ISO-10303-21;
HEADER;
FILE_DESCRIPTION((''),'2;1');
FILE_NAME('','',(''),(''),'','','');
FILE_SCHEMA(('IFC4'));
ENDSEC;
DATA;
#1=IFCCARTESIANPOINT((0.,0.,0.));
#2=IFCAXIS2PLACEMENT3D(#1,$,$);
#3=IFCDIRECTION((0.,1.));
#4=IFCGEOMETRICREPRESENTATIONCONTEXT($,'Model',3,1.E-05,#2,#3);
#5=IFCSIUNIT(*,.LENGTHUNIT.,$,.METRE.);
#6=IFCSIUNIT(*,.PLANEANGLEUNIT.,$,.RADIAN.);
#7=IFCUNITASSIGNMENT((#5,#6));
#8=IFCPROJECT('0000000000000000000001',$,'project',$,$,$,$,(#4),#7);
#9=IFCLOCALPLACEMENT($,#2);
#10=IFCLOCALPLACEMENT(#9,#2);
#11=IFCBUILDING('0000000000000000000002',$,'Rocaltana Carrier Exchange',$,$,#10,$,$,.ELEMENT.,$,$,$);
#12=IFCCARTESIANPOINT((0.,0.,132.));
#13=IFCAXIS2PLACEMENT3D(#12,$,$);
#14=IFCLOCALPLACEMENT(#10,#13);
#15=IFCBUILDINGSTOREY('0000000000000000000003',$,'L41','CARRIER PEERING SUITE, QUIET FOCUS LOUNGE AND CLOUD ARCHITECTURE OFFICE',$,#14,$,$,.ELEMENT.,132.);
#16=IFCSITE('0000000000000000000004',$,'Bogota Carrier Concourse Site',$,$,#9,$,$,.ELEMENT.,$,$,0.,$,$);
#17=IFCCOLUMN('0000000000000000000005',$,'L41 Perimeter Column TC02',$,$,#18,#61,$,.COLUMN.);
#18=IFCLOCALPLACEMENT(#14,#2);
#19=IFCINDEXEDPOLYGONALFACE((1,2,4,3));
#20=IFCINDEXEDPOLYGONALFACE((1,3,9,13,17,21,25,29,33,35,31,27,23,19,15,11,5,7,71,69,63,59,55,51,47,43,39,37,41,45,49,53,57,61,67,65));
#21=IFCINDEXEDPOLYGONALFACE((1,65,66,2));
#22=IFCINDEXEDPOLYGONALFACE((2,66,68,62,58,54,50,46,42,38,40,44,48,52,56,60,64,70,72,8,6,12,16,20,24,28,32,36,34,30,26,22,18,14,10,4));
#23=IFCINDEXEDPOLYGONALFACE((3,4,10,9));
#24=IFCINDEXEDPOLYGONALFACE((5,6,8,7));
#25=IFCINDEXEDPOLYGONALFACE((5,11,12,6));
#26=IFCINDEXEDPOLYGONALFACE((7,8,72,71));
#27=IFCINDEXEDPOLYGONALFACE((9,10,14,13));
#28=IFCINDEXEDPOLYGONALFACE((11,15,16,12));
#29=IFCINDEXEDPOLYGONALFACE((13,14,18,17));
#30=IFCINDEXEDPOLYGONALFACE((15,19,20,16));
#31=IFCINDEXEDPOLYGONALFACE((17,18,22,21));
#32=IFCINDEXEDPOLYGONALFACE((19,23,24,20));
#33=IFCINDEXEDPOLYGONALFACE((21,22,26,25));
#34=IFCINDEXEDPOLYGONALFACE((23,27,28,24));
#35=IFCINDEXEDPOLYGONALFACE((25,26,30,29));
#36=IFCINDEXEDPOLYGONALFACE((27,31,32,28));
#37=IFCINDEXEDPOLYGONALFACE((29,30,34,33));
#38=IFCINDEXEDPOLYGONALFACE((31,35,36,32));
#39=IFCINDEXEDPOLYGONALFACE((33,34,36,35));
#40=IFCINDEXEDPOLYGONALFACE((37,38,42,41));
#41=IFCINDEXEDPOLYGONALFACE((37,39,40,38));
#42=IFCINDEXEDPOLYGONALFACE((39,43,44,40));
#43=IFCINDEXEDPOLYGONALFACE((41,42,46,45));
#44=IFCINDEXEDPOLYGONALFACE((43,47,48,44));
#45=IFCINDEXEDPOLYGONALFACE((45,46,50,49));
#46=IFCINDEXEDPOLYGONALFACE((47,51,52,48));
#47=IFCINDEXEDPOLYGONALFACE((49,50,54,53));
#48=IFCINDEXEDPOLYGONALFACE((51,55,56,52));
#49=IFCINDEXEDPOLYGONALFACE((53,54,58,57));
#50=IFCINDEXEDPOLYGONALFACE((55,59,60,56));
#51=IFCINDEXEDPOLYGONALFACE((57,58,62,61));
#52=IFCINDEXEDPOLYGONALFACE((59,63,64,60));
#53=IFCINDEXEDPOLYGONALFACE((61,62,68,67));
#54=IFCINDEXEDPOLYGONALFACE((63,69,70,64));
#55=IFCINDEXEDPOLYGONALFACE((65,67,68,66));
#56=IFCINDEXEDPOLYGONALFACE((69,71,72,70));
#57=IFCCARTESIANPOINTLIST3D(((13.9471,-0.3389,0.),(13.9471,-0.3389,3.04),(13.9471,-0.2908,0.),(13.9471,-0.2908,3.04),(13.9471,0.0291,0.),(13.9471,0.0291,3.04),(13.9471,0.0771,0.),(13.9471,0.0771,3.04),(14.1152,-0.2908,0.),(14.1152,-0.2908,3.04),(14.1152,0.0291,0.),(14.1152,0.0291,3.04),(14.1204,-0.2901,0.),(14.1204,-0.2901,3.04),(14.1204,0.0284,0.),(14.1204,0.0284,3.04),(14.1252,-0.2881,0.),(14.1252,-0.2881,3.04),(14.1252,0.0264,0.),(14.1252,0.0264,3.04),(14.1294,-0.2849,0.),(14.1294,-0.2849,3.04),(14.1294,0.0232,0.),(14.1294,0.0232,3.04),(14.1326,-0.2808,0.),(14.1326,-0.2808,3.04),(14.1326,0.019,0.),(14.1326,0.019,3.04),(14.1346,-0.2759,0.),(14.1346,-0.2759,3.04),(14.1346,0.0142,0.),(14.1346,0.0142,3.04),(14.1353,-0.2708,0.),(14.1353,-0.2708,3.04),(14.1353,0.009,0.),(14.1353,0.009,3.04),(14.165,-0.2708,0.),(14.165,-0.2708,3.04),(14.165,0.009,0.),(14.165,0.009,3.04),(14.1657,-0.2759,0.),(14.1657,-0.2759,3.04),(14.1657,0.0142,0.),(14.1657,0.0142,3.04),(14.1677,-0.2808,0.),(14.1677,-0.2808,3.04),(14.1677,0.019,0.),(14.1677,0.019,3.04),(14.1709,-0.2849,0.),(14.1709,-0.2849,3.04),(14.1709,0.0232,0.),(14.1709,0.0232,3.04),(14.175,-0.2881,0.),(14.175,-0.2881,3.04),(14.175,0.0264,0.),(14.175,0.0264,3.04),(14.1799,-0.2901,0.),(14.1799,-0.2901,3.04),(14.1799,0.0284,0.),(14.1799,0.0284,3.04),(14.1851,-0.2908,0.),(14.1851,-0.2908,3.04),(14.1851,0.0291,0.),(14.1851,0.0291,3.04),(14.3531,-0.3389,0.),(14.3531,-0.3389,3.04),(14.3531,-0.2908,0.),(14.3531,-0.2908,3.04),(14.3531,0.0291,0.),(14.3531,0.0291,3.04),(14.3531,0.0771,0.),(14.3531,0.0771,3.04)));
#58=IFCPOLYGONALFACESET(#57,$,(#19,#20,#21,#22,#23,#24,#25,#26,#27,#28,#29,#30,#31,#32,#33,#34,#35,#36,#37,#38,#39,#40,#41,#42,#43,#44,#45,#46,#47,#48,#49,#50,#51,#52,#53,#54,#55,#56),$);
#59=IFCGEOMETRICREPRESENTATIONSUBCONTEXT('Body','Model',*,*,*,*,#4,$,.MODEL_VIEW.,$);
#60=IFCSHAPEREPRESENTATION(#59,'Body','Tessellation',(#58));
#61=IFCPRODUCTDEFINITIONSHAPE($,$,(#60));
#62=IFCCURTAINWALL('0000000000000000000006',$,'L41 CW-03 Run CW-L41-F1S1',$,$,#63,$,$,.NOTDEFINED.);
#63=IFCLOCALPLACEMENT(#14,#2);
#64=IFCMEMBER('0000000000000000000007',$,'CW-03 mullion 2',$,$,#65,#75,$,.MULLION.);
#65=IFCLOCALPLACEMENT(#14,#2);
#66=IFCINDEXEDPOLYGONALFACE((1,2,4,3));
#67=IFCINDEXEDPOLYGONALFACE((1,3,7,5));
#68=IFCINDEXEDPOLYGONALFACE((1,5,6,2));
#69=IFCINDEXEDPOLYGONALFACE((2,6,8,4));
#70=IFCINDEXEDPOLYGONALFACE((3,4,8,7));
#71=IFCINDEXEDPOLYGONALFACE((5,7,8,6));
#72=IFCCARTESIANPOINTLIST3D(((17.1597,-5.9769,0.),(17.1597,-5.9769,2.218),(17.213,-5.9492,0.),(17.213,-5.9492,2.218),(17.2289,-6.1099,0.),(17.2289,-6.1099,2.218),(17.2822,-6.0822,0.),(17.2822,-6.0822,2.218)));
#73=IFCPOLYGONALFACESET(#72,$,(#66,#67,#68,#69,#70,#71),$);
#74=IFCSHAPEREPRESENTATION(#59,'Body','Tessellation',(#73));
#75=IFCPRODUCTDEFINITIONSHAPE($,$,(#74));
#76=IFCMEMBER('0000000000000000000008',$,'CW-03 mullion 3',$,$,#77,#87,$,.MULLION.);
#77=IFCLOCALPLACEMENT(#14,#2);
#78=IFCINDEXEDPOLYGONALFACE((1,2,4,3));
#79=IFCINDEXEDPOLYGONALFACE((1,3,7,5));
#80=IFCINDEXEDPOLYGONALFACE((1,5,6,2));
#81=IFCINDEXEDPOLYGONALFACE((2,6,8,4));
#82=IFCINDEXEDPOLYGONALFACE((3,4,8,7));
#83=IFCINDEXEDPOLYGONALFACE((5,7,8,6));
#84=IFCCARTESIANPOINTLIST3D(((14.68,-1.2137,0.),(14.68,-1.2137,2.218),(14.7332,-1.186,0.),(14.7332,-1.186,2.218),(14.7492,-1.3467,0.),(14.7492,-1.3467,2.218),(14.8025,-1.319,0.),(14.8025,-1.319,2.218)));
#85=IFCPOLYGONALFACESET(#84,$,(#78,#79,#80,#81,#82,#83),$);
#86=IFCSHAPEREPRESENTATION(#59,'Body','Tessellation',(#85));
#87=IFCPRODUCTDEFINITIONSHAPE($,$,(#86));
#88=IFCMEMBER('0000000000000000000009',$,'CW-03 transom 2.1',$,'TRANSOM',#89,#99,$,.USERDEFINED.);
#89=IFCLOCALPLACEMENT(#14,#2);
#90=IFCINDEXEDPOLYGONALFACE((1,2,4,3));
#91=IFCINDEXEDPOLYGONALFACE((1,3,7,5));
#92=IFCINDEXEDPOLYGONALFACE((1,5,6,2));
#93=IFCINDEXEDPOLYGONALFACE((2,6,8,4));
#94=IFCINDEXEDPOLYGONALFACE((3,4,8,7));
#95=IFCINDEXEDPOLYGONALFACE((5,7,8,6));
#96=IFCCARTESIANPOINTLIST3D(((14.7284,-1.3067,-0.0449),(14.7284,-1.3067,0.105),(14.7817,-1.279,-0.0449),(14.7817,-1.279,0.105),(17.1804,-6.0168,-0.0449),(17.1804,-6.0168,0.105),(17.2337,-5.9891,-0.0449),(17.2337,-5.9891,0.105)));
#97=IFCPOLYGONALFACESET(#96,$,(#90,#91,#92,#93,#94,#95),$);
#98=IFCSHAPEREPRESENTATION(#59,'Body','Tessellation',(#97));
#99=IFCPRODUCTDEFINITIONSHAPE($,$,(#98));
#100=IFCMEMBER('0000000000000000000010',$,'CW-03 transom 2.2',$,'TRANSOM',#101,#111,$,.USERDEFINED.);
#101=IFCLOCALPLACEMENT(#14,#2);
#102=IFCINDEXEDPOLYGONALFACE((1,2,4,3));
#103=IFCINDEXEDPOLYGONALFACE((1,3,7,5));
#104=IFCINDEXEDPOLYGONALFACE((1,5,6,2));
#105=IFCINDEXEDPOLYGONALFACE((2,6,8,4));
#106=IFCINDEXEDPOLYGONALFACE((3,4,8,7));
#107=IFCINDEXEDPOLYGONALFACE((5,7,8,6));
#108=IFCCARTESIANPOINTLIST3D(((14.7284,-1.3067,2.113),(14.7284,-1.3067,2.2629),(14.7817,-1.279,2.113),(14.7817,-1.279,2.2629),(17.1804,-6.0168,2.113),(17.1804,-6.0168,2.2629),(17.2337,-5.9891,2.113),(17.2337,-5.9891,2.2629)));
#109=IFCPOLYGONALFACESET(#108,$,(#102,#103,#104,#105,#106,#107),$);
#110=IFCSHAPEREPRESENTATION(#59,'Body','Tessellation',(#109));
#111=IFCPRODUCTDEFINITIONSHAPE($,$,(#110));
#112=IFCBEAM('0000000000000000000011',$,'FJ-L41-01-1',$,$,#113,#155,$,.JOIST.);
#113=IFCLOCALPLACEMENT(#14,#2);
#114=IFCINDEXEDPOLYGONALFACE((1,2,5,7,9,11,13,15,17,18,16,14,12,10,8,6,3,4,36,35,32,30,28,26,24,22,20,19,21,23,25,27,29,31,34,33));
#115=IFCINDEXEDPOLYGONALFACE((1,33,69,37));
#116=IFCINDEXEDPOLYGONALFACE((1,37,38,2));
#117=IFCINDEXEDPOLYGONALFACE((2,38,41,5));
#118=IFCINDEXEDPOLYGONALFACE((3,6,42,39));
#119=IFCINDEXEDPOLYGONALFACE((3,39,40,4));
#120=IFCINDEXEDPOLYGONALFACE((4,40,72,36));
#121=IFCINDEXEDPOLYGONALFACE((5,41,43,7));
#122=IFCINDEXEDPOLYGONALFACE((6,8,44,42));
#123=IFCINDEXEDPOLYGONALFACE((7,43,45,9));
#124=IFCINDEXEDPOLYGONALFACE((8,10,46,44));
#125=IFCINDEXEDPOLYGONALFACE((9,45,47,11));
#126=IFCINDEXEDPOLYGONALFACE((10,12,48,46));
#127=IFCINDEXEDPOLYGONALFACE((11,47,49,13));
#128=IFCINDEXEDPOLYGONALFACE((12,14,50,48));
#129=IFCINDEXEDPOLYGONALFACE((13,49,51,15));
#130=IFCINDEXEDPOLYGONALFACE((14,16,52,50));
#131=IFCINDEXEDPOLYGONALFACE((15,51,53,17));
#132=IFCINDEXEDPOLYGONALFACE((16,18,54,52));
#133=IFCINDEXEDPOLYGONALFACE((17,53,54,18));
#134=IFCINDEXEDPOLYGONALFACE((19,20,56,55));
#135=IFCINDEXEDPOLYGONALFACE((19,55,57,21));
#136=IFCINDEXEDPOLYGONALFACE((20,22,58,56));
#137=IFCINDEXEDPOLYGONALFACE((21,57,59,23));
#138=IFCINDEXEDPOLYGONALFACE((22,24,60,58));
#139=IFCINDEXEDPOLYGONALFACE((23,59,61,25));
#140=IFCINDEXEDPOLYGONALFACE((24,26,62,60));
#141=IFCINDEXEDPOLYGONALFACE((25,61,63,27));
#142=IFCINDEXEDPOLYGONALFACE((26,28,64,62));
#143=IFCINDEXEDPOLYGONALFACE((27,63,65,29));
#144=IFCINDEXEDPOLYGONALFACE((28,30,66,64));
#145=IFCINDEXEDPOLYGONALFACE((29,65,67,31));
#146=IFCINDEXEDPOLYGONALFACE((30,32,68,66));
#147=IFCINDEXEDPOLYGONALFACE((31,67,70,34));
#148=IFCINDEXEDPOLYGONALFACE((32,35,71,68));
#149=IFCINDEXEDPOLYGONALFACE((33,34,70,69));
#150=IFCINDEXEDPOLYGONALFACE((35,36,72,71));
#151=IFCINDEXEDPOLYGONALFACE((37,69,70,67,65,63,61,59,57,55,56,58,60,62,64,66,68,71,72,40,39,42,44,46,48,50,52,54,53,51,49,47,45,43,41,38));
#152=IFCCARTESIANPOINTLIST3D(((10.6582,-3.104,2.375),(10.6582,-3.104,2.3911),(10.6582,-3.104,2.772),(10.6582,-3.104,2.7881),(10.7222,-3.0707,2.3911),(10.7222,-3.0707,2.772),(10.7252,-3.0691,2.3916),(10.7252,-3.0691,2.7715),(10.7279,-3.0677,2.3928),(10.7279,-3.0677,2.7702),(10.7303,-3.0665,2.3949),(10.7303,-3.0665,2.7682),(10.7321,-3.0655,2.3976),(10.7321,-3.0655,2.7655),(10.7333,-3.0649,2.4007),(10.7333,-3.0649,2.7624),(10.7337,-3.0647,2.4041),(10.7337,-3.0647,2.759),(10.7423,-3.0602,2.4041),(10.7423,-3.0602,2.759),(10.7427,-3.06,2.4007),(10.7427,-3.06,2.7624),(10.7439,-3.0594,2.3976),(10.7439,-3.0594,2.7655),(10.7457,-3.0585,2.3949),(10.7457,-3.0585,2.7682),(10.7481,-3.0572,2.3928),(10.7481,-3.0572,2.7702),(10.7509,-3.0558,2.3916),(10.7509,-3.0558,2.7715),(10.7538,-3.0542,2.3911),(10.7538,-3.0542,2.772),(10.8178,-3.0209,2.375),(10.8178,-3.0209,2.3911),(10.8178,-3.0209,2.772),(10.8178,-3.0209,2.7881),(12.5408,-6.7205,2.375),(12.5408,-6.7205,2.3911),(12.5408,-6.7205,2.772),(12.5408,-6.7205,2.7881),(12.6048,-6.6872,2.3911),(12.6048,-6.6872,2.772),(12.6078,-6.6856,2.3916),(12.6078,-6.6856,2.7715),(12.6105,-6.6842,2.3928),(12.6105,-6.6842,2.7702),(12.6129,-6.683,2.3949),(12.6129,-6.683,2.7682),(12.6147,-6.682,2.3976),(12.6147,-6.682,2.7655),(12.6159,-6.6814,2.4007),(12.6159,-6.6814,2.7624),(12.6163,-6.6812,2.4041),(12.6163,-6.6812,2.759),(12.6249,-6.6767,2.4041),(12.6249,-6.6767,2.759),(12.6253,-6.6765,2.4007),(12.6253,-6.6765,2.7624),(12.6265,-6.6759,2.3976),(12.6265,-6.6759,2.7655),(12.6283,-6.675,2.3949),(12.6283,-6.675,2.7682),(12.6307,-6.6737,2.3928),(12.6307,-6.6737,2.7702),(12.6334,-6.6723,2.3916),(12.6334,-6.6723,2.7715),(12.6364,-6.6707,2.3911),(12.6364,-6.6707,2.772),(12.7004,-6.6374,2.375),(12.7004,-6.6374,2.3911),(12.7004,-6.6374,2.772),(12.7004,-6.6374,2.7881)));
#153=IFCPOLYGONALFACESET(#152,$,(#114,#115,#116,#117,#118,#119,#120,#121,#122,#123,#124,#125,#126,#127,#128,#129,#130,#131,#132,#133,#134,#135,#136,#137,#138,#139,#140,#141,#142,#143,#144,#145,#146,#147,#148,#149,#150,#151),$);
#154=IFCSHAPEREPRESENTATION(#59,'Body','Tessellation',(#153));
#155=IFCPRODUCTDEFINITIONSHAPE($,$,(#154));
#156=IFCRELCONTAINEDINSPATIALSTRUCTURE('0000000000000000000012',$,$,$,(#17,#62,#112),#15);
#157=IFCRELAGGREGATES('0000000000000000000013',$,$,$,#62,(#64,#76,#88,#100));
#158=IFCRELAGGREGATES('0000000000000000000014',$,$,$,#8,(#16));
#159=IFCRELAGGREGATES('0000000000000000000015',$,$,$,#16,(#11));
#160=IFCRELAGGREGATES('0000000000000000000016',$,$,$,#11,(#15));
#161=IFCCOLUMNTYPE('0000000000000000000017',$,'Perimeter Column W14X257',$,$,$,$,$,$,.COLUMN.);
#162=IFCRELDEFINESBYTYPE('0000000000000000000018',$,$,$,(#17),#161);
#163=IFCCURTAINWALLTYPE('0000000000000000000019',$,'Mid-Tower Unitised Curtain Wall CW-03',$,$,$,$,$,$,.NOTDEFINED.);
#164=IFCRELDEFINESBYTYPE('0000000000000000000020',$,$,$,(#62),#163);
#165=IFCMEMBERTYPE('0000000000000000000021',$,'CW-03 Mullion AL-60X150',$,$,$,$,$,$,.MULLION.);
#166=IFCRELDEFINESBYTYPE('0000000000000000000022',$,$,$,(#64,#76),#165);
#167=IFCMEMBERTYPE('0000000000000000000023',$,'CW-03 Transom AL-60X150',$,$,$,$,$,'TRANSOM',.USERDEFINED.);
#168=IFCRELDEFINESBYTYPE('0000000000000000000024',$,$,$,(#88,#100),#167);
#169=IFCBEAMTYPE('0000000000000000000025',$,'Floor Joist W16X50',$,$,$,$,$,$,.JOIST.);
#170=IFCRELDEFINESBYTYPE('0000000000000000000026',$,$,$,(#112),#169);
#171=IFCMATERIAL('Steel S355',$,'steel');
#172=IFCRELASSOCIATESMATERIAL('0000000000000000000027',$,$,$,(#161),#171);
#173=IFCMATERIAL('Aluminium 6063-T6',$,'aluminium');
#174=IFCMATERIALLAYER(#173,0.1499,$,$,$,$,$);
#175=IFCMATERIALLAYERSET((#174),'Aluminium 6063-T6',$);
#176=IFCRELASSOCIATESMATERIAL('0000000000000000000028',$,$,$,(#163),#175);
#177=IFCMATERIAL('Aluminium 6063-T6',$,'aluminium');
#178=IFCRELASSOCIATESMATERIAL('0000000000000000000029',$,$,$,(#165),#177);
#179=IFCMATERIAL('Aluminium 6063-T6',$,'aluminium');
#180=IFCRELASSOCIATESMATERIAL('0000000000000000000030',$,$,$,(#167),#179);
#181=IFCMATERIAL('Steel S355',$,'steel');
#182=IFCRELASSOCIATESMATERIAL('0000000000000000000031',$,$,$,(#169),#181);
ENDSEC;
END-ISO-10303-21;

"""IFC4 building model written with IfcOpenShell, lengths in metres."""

from ifc_helpers import new_model, si_unit, direction, frame, origin, origin_2d, place, context, subcontext, project, spatial, rectangle, i_section, extrude, material, layer, layer_set, material_profile, profile_set, type_object, element, aggregate, save


model = new_model("IFC4")

# Units and contexts
model_context = context("Model", 3, precision=1e-05, world=origin(), true_north=direction((0.0, 1.0)))
body_context = subcontext(model_context, "Body", "Model", "MODEL_VIEW")
ifc_project = project(units=[si_unit("LENGTHUNIT", "METRE"), si_unit("PLANEANGLEUNIT", "RADIAN")], contexts=[model_context])

# Site, building, storey
site_placement = place(None, origin())
site = spatial("IfcSite", under=ifc_project, at=site_placement, Name="Bogota Carrier Concourse Site", CompositionType="ELEMENT", RefElevation=0.0)
building_placement = place(site_placement, origin())
building = spatial("IfcBuilding", under=site, at=building_placement, Name="Rocaltana Carrier Exchange", CompositionType="ELEMENT")
storey_placement = place(building_placement, frame((0.0, 0.0, 132.0)))
storey = spatial("IfcBuildingStorey", under=building, at=storey_placement, Name="L41", Description="CARRIER PEERING SUITE, QUIET FOCUS LOUNGE AND CLOUD ARCHITECTURE OFFICE", CompositionType="ELEMENT", Elevation=132.0)

# Column
ifc_material_1 = material(Name="Steel S355", Category="steel")
ifc_material_profile_1 = material_profile(ifc_material_1, i_section(OverallWidth=0.406, OverallDepth=0.416, WebThickness=0.0298, FlangeThickness=0.0481, FilletRadius=0.02, at=origin_2d()), Name="W14X257")
ifc_profile_set_1 = profile_set([ifc_material_profile_1], Name="Steel S355")
column_type = type_object("IfcColumnType", Name="Perimeter Column W14X257", PredefinedType="COLUMN", material=ifc_profile_set_1)
column_placement = place(storey_placement, frame((14.1501, -0.1309, 0.0), z_axis=(0.0, 0.0, 1.0), x_axis=(1.0, 0.0, 0.0)))
element("IfcColumn", 1, at=column_placement, inside=storey, type_object=column_type, Name="L41 Perimeter Column TC02", PredefinedType="COLUMN", context=body_context, shape_type="SweptSolid", body=[
    extrude(i_section(OverallWidth=0.406, OverallDepth=0.416, WebThickness=0.0298, FlangeThickness=0.0481, FilletRadius=0.02, at=origin_2d()), origin(), (0.0, 0.0, 1.0), 3.04),
])

# Curtain wall, members
ifc_material_2 = material(Name="Aluminium 6063-T6", Category="aluminium")
ifc_layer_1 = layer(ifc_material_2, 0.1499)
ifc_layer_set_1 = layer_set([ifc_layer_1], Name="Aluminium 6063-T6")
curtain_wall_type = type_object("IfcCurtainWallType", Name="Mid-Tower Unitised Curtain Wall CW-03", PredefinedType="NOTDEFINED", material=ifc_layer_set_1)
curtain_wall_placement = place(storey_placement, origin())
curtain_wall = element("IfcCurtainWall", 2, at=curtain_wall_placement, inside=storey, type_object=curtain_wall_type, Name="L41 CW-03 Run CW-L41-F1S1", PredefinedType="NOTDEFINED")
ifc_material_3 = material(Name="Aluminium 6063-T6", Category="aluminium")
ifc_material_profile_2 = material_profile(ifc_material_3, rectangle(XDim=0.0601, YDim=0.1499, at=origin_2d()), Name="AL-60X150")
ifc_profile_set_2 = profile_set([ifc_material_profile_2], Name="Aluminium 6063-T6")
member_type_1 = type_object("IfcMemberType", Name="CW-03 Mullion AL-60X150", PredefinedType="MULLION", material=ifc_profile_set_2)
member_1_placement = place(storey_placement, frame((17.2209, -6.0295, 0.0), z_axis=(0.0, 0.0, 1.0), x_axis=(-0.88701, -0.46175, 0.0)))
member_1 = element("IfcMember", 3, at=member_1_placement, type_object=member_type_1, Name="CW-03 mullion 2", PredefinedType="MULLION", context=body_context, shape_type="SweptSolid", body=[
    extrude(rectangle(XDim=0.0601, YDim=0.1499, at=origin_2d()), origin(), (0.0, 0.0, 1.0), 2.218),
])
member_2_placement = place(storey_placement, frame((14.7412, -1.2664, 0.0), z_axis=(0.0, 0.0, 1.0), x_axis=(-0.88701, -0.46175, 0.0)))
member_2 = element("IfcMember", 4, at=member_2_placement, type_object=member_type_1, Name="CW-03 mullion 3", PredefinedType="MULLION", context=body_context, shape_type="SweptSolid", body=[
    extrude(rectangle(XDim=0.0601, YDim=0.1499, at=origin_2d()), origin(), (0.0, 0.0, 1.0), 2.218),
])
ifc_material_4 = material(Name="Aluminium 6063-T6", Category="aluminium")
ifc_material_profile_3 = material_profile(ifc_material_4, rectangle(XDim=0.0601, YDim=0.1499, at=origin_2d()), Name="AL-60X150")
ifc_profile_set_3 = profile_set([ifc_material_profile_3], Name="Aluminium 6063-T6")
member_type_2 = type_object("IfcMemberType", Name="CW-03 Transom AL-60X150", ElementType="TRANSOM", PredefinedType="USERDEFINED", material=ifc_profile_set_3)
member_3_placement = place(storey_placement, frame((17.207, -6.0029, 0.03), z_axis=(-0.461757, 0.887007, 0.0), x_axis=(-0.887007, -0.461757, 0.0)))
member_3 = element("IfcMember", 5, at=member_3_placement, type_object=member_type_2, Name="CW-03 transom 2.1", ObjectType="TRANSOM", PredefinedType="USERDEFINED", context=body_context, shape_type="SweptSolid", body=[
    extrude(rectangle(XDim=0.0601, YDim=0.1499, at=origin_2d()), origin(), (0.0, 0.0, 1.0), 5.3101),
])
member_4_placement = place(storey_placement, frame((17.207, -6.0029, 2.188), z_axis=(-0.461757, 0.887007, 0.0), x_axis=(-0.887007, -0.461757, 0.0)))
member_4 = element("IfcMember", 6, at=member_4_placement, type_object=member_type_2, Name="CW-03 transom 2.2", ObjectType="TRANSOM", PredefinedType="USERDEFINED", context=body_context, shape_type="SweptSolid", body=[
    extrude(rectangle(XDim=0.0601, YDim=0.1499, at=origin_2d()), origin(), (0.0, 0.0, 1.0), 5.3101),
])

# Beam
ifc_material_5 = material(Name="Steel S355", Category="steel")
ifc_material_profile_4 = material_profile(ifc_material_5, i_section(OverallWidth=0.1799, OverallDepth=0.4131, WebThickness=0.0098, FlangeThickness=0.0161, FilletRadius=0.0129, at=origin_2d()), Name="W16X50")
ifc_profile_set_4 = profile_set([ifc_material_profile_4], Name="Steel S355")
beam_type_1 = type_object("IfcBeamType", Name="Floor Joist W16X50", PredefinedType="JOIST", material=ifc_profile_set_4)
beam_1_placement = place(storey_placement, frame((12.6206, -6.679, 2.5815), z_axis=(-0.461741, 0.887015, 0.0), x_axis=(-0.887015, -0.461741, 0.0)))
element("IfcBeam", 7, at=beam_1_placement, inside=storey, type_object=beam_type_1, Name="FJ-L41-01-1", PredefinedType="JOIST", context=body_context, shape_type="SweptSolid", body=[
    extrude(i_section(OverallWidth=0.1799, OverallDepth=0.4131, WebThickness=0.0098, FlangeThickness=0.0161, FilletRadius=0.0129, at=origin_2d()), origin(), (0.0, 0.0, 1.0), 4.0771),
])

aggregate(curtain_wall, [member_1, member_2, member_3, member_4])

save(model, "model.ifc")
